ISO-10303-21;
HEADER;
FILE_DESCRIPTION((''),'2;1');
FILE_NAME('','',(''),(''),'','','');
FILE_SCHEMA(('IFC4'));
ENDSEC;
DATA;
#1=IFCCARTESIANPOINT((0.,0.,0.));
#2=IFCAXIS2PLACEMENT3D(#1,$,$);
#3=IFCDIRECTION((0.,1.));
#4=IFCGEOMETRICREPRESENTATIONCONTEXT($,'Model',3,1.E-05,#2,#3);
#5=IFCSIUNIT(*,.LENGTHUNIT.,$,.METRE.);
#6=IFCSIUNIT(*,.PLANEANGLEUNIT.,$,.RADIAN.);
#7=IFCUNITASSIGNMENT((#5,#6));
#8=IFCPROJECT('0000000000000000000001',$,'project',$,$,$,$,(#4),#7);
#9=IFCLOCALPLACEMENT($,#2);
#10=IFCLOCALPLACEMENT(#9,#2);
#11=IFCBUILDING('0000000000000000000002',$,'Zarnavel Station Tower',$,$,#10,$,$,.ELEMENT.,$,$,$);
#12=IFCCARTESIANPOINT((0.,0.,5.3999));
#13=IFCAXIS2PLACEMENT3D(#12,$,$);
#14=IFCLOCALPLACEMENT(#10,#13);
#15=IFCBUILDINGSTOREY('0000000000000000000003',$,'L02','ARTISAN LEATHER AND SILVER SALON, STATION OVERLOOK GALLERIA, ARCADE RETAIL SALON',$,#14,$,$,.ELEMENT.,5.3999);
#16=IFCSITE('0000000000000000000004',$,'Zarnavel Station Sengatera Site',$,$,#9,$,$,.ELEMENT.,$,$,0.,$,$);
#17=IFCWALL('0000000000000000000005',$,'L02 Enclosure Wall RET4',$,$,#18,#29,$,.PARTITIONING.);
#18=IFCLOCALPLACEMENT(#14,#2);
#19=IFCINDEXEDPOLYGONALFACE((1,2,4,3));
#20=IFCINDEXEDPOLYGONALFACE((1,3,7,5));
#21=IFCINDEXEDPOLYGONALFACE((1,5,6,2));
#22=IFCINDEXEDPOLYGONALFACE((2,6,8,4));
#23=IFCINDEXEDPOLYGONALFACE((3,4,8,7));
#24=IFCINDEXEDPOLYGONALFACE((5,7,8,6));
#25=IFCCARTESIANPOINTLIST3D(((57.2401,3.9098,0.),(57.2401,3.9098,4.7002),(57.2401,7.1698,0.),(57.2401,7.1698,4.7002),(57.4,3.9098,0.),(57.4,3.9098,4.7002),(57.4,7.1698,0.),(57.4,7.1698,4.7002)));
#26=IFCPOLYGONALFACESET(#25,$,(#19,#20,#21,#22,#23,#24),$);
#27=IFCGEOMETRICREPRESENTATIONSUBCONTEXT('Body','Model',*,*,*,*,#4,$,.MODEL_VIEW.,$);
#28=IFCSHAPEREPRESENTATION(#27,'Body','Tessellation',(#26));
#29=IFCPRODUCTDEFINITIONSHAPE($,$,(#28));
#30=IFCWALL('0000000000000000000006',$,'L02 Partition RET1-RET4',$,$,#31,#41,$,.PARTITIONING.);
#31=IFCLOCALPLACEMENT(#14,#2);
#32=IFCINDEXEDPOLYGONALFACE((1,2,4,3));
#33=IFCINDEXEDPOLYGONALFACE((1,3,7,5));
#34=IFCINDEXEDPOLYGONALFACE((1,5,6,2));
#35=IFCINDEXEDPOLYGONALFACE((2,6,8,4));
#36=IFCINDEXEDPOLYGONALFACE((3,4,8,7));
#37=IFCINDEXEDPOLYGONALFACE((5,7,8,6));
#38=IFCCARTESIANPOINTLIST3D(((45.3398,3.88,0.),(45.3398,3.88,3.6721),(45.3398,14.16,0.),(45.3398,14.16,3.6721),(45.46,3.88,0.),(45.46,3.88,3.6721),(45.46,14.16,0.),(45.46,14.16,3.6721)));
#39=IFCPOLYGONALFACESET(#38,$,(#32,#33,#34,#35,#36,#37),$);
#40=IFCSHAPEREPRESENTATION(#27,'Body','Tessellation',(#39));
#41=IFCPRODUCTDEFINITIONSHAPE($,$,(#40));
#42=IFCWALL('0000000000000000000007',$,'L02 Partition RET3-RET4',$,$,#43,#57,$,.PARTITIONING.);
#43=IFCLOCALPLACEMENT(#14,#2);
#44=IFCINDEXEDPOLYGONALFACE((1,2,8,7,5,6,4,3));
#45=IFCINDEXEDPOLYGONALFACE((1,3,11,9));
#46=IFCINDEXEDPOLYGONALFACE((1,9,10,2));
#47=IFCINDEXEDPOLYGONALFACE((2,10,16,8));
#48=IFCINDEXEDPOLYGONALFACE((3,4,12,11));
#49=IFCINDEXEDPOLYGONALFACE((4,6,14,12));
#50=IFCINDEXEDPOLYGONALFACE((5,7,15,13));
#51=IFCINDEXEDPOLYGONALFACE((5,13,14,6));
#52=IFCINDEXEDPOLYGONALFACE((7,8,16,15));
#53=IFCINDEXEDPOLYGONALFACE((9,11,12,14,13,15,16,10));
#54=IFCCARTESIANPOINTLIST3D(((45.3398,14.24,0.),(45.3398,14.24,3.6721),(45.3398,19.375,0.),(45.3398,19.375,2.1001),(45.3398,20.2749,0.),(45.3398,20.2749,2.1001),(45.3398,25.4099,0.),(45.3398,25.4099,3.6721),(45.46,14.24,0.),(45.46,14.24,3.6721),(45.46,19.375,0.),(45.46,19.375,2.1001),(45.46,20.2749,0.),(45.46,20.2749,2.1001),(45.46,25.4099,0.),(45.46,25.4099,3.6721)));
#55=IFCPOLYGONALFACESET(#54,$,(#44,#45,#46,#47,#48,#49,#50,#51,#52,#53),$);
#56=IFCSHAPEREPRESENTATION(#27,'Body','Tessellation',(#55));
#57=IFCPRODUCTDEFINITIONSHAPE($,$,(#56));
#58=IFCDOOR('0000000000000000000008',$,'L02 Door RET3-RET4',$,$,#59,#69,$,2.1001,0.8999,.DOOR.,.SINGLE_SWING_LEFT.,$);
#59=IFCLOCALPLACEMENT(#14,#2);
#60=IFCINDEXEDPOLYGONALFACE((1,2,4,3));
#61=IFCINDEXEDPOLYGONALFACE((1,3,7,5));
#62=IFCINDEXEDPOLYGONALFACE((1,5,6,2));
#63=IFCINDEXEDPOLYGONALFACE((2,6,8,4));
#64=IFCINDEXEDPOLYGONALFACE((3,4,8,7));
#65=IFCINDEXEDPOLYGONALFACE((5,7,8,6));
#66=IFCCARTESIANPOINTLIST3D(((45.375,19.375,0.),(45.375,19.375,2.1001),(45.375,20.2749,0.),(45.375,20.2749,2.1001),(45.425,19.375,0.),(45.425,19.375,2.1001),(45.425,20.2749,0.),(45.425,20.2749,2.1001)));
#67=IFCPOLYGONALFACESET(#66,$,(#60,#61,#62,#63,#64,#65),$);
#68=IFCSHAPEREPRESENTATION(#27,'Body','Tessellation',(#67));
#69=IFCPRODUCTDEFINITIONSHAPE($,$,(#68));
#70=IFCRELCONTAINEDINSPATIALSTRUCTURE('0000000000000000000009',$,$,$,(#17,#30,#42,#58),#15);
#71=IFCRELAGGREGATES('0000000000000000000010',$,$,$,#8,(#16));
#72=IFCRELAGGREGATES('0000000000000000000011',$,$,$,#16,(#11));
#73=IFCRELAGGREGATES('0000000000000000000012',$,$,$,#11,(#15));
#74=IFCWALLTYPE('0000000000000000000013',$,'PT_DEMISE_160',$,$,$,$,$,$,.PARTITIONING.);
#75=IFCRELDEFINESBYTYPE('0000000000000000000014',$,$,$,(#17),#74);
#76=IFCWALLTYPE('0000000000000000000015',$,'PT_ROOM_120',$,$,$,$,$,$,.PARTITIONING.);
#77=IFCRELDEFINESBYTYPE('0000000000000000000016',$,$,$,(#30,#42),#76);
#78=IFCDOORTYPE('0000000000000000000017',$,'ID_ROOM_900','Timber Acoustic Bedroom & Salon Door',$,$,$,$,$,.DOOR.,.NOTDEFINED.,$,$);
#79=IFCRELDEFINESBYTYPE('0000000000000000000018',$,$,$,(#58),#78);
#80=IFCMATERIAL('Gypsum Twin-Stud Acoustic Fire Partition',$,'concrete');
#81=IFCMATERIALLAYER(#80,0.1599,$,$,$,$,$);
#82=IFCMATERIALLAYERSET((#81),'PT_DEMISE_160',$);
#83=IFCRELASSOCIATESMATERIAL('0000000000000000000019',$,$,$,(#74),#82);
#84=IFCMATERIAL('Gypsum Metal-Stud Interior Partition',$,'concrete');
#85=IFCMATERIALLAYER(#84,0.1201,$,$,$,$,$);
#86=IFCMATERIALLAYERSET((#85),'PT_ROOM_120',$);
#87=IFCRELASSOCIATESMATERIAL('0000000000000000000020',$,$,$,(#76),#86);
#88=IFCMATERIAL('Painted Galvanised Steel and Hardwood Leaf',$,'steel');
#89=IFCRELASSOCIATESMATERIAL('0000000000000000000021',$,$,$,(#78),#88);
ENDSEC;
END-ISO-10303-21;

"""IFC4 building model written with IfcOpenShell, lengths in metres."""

from ifc_helpers import new_model, si_unit, direction, frame, frame_2d, origin, place, context, subcontext, project, spatial, rectangle, extrude, material, layer, layer_set, type_object, element, fill, save


model = new_model("IFC4")

# Units and contexts
model_context = context("Model", 3, precision=1e-05, world=origin(), true_north=direction((0.0, 1.0)))
body_context = subcontext(model_context, "Body", "Model", "MODEL_VIEW")
ifc_project = project(units=[si_unit("LENGTHUNIT", "METRE"), si_unit("PLANEANGLEUNIT", "RADIAN")], contexts=[model_context])

# Site, building, storey
site_placement = place(None, origin())
site = spatial("IfcSite", under=ifc_project, at=site_placement, Name="Zarnavel Station Sengatera Site", CompositionType="ELEMENT", RefElevation=0.0)
building_placement = place(site_placement, origin())
building = spatial("IfcBuilding", under=site, at=building_placement, Name="Zarnavel Station Tower", CompositionType="ELEMENT")
storey_placement = place(building_placement, frame((0.0, 0.0, 5.3999)))
storey = spatial("IfcBuildingStorey", under=building, at=storey_placement, Name="L02", Description="ARTISAN LEATHER AND SILVER SALON, STATION OVERLOOK GALLERIA, ARCADE RETAIL SALON", CompositionType="ELEMENT", Elevation=5.3999)

# Walls
ifc_material_1 = material(Name="Gypsum Twin-Stud Acoustic Fire Partition", Category="concrete")
ifc_layer_1 = layer(ifc_material_1, 0.1599)
ifc_layer_set_1 = layer_set([ifc_layer_1], Name="PT_DEMISE_160")
wall_type_1 = type_object("IfcWallType", Name="PT_DEMISE_160", PredefinedType="PARTITIONING", material=ifc_layer_set_1)
for number, where, z_axis, x_axis, name in (
    (1, (57.3201, 3.9099, 0.0), (0.0, 0.0, 1.0), (0.0, 1.0, 0.0), "L02 Enclosure Wall RET4"),
):
    element("IfcWall", number, at=place(storey_placement, frame(where, z_axis=z_axis, x_axis=x_axis)), inside=storey, type_object=wall_type_1, Name=name, PredefinedType="PARTITIONING", context=body_context, shape_type="SweptSolid", body=[
        extrude(rectangle(XDim=3.26, YDim=0.1599, at=frame_2d((1.6299, 0.0))), origin(), (0.0, 0.0, 1.0), 4.7002),
    ])
ifc_material_2 = material(Name="Gypsum Metal-Stud Interior Partition", Category="concrete")
ifc_layer_2 = layer(ifc_material_2, 0.1201)
ifc_layer_set_2 = layer_set([ifc_layer_2], Name="PT_ROOM_120")
wall_type_2 = type_object("IfcWallType", Name="PT_ROOM_120", PredefinedType="PARTITIONING", material=ifc_layer_set_2)
wall_1_placement = place(storey_placement, frame((45.3999, 3.8799, 0.0), z_axis=(0.0, 0.0, 1.0), x_axis=(0.0, 1.0, 0.0)))
element("IfcWall", 2, at=wall_1_placement, inside=storey, type_object=wall_type_2, Name="L02 Partition RET1-RET4", PredefinedType="PARTITIONING", context=body_context, shape_type="SweptSolid", body=[
    extrude(rectangle(XDim=10.28, YDim=0.1201, at=frame_2d((5.1401, 0.0))), origin(), (0.0, 0.0, 1.0), 3.6721),
])

# Wall, opening, door
wall_2_placement = place(storey_placement, frame((45.3999, 14.24, 0.0), z_axis=(0.0, 0.0, 1.0), x_axis=(0.0, 1.0, 0.0)))
wall_2 = element("IfcWall", 3, at=wall_2_placement, inside=storey, type_object=wall_type_2, Name="L02 Partition RET3-RET4", PredefinedType="PARTITIONING", context=body_context, shape_type="SweptSolid", body=[
    extrude(rectangle(XDim=11.1699, YDim=0.1201, at=frame_2d((5.585, 0.0))), origin(), (0.0, 0.0, 1.0), 3.6721),
])
opening_1_placement = place(wall_2_placement, frame((5.135, 0.0, 0.0)))
opening_1 = element("IfcOpeningElement", 4, at=opening_1_placement, cuts=wall_2, PredefinedType="OPENING", context=body_context, shape_type="SweptSolid", body=[
    extrude(rectangle(XDim=0.8999, YDim=2.1001, at=frame_2d((0.45, 1.05))), frame((0.0, 0.0701, 0.0), z_axis=(0.0, -1.0, 0.0), x_axis=(1.0, 0.0, 0.0)), (0.0, 0.0, 1.0), 0.1401),
])
ifc_material_3 = material(Name="Painted Galvanised Steel and Hardwood Leaf", Category="steel")
door_type = type_object("IfcDoorType", Name="ID_ROOM_900", Description="Timber Acoustic Bedroom & Salon Door", OperationType="NOTDEFINED", PredefinedType="DOOR", material=ifc_material_3)
door_placement = place(opening_1_placement, origin())
door = element("IfcDoor", 5, at=door_placement, inside=storey, type_object=door_type, Name="L02 Door RET3-RET4", OperationType="SINGLE_SWING_LEFT", OverallHeight=2.1001, OverallWidth=0.8999, PredefinedType="DOOR", context=body_context, shape_type="SweptSolid", body=[
    extrude(rectangle(XDim=0.8999, YDim=2.1001, at=frame_2d((0.45, 1.05))), frame((0.0, 0.0249, 0.0), z_axis=(0.0, -1.0, 0.0), x_axis=(1.0, 0.0, 0.0)), (0.0, 0.0, 1.0), 0.05),
])
fill(opening_1, door)

save(model, "model.ifc")
